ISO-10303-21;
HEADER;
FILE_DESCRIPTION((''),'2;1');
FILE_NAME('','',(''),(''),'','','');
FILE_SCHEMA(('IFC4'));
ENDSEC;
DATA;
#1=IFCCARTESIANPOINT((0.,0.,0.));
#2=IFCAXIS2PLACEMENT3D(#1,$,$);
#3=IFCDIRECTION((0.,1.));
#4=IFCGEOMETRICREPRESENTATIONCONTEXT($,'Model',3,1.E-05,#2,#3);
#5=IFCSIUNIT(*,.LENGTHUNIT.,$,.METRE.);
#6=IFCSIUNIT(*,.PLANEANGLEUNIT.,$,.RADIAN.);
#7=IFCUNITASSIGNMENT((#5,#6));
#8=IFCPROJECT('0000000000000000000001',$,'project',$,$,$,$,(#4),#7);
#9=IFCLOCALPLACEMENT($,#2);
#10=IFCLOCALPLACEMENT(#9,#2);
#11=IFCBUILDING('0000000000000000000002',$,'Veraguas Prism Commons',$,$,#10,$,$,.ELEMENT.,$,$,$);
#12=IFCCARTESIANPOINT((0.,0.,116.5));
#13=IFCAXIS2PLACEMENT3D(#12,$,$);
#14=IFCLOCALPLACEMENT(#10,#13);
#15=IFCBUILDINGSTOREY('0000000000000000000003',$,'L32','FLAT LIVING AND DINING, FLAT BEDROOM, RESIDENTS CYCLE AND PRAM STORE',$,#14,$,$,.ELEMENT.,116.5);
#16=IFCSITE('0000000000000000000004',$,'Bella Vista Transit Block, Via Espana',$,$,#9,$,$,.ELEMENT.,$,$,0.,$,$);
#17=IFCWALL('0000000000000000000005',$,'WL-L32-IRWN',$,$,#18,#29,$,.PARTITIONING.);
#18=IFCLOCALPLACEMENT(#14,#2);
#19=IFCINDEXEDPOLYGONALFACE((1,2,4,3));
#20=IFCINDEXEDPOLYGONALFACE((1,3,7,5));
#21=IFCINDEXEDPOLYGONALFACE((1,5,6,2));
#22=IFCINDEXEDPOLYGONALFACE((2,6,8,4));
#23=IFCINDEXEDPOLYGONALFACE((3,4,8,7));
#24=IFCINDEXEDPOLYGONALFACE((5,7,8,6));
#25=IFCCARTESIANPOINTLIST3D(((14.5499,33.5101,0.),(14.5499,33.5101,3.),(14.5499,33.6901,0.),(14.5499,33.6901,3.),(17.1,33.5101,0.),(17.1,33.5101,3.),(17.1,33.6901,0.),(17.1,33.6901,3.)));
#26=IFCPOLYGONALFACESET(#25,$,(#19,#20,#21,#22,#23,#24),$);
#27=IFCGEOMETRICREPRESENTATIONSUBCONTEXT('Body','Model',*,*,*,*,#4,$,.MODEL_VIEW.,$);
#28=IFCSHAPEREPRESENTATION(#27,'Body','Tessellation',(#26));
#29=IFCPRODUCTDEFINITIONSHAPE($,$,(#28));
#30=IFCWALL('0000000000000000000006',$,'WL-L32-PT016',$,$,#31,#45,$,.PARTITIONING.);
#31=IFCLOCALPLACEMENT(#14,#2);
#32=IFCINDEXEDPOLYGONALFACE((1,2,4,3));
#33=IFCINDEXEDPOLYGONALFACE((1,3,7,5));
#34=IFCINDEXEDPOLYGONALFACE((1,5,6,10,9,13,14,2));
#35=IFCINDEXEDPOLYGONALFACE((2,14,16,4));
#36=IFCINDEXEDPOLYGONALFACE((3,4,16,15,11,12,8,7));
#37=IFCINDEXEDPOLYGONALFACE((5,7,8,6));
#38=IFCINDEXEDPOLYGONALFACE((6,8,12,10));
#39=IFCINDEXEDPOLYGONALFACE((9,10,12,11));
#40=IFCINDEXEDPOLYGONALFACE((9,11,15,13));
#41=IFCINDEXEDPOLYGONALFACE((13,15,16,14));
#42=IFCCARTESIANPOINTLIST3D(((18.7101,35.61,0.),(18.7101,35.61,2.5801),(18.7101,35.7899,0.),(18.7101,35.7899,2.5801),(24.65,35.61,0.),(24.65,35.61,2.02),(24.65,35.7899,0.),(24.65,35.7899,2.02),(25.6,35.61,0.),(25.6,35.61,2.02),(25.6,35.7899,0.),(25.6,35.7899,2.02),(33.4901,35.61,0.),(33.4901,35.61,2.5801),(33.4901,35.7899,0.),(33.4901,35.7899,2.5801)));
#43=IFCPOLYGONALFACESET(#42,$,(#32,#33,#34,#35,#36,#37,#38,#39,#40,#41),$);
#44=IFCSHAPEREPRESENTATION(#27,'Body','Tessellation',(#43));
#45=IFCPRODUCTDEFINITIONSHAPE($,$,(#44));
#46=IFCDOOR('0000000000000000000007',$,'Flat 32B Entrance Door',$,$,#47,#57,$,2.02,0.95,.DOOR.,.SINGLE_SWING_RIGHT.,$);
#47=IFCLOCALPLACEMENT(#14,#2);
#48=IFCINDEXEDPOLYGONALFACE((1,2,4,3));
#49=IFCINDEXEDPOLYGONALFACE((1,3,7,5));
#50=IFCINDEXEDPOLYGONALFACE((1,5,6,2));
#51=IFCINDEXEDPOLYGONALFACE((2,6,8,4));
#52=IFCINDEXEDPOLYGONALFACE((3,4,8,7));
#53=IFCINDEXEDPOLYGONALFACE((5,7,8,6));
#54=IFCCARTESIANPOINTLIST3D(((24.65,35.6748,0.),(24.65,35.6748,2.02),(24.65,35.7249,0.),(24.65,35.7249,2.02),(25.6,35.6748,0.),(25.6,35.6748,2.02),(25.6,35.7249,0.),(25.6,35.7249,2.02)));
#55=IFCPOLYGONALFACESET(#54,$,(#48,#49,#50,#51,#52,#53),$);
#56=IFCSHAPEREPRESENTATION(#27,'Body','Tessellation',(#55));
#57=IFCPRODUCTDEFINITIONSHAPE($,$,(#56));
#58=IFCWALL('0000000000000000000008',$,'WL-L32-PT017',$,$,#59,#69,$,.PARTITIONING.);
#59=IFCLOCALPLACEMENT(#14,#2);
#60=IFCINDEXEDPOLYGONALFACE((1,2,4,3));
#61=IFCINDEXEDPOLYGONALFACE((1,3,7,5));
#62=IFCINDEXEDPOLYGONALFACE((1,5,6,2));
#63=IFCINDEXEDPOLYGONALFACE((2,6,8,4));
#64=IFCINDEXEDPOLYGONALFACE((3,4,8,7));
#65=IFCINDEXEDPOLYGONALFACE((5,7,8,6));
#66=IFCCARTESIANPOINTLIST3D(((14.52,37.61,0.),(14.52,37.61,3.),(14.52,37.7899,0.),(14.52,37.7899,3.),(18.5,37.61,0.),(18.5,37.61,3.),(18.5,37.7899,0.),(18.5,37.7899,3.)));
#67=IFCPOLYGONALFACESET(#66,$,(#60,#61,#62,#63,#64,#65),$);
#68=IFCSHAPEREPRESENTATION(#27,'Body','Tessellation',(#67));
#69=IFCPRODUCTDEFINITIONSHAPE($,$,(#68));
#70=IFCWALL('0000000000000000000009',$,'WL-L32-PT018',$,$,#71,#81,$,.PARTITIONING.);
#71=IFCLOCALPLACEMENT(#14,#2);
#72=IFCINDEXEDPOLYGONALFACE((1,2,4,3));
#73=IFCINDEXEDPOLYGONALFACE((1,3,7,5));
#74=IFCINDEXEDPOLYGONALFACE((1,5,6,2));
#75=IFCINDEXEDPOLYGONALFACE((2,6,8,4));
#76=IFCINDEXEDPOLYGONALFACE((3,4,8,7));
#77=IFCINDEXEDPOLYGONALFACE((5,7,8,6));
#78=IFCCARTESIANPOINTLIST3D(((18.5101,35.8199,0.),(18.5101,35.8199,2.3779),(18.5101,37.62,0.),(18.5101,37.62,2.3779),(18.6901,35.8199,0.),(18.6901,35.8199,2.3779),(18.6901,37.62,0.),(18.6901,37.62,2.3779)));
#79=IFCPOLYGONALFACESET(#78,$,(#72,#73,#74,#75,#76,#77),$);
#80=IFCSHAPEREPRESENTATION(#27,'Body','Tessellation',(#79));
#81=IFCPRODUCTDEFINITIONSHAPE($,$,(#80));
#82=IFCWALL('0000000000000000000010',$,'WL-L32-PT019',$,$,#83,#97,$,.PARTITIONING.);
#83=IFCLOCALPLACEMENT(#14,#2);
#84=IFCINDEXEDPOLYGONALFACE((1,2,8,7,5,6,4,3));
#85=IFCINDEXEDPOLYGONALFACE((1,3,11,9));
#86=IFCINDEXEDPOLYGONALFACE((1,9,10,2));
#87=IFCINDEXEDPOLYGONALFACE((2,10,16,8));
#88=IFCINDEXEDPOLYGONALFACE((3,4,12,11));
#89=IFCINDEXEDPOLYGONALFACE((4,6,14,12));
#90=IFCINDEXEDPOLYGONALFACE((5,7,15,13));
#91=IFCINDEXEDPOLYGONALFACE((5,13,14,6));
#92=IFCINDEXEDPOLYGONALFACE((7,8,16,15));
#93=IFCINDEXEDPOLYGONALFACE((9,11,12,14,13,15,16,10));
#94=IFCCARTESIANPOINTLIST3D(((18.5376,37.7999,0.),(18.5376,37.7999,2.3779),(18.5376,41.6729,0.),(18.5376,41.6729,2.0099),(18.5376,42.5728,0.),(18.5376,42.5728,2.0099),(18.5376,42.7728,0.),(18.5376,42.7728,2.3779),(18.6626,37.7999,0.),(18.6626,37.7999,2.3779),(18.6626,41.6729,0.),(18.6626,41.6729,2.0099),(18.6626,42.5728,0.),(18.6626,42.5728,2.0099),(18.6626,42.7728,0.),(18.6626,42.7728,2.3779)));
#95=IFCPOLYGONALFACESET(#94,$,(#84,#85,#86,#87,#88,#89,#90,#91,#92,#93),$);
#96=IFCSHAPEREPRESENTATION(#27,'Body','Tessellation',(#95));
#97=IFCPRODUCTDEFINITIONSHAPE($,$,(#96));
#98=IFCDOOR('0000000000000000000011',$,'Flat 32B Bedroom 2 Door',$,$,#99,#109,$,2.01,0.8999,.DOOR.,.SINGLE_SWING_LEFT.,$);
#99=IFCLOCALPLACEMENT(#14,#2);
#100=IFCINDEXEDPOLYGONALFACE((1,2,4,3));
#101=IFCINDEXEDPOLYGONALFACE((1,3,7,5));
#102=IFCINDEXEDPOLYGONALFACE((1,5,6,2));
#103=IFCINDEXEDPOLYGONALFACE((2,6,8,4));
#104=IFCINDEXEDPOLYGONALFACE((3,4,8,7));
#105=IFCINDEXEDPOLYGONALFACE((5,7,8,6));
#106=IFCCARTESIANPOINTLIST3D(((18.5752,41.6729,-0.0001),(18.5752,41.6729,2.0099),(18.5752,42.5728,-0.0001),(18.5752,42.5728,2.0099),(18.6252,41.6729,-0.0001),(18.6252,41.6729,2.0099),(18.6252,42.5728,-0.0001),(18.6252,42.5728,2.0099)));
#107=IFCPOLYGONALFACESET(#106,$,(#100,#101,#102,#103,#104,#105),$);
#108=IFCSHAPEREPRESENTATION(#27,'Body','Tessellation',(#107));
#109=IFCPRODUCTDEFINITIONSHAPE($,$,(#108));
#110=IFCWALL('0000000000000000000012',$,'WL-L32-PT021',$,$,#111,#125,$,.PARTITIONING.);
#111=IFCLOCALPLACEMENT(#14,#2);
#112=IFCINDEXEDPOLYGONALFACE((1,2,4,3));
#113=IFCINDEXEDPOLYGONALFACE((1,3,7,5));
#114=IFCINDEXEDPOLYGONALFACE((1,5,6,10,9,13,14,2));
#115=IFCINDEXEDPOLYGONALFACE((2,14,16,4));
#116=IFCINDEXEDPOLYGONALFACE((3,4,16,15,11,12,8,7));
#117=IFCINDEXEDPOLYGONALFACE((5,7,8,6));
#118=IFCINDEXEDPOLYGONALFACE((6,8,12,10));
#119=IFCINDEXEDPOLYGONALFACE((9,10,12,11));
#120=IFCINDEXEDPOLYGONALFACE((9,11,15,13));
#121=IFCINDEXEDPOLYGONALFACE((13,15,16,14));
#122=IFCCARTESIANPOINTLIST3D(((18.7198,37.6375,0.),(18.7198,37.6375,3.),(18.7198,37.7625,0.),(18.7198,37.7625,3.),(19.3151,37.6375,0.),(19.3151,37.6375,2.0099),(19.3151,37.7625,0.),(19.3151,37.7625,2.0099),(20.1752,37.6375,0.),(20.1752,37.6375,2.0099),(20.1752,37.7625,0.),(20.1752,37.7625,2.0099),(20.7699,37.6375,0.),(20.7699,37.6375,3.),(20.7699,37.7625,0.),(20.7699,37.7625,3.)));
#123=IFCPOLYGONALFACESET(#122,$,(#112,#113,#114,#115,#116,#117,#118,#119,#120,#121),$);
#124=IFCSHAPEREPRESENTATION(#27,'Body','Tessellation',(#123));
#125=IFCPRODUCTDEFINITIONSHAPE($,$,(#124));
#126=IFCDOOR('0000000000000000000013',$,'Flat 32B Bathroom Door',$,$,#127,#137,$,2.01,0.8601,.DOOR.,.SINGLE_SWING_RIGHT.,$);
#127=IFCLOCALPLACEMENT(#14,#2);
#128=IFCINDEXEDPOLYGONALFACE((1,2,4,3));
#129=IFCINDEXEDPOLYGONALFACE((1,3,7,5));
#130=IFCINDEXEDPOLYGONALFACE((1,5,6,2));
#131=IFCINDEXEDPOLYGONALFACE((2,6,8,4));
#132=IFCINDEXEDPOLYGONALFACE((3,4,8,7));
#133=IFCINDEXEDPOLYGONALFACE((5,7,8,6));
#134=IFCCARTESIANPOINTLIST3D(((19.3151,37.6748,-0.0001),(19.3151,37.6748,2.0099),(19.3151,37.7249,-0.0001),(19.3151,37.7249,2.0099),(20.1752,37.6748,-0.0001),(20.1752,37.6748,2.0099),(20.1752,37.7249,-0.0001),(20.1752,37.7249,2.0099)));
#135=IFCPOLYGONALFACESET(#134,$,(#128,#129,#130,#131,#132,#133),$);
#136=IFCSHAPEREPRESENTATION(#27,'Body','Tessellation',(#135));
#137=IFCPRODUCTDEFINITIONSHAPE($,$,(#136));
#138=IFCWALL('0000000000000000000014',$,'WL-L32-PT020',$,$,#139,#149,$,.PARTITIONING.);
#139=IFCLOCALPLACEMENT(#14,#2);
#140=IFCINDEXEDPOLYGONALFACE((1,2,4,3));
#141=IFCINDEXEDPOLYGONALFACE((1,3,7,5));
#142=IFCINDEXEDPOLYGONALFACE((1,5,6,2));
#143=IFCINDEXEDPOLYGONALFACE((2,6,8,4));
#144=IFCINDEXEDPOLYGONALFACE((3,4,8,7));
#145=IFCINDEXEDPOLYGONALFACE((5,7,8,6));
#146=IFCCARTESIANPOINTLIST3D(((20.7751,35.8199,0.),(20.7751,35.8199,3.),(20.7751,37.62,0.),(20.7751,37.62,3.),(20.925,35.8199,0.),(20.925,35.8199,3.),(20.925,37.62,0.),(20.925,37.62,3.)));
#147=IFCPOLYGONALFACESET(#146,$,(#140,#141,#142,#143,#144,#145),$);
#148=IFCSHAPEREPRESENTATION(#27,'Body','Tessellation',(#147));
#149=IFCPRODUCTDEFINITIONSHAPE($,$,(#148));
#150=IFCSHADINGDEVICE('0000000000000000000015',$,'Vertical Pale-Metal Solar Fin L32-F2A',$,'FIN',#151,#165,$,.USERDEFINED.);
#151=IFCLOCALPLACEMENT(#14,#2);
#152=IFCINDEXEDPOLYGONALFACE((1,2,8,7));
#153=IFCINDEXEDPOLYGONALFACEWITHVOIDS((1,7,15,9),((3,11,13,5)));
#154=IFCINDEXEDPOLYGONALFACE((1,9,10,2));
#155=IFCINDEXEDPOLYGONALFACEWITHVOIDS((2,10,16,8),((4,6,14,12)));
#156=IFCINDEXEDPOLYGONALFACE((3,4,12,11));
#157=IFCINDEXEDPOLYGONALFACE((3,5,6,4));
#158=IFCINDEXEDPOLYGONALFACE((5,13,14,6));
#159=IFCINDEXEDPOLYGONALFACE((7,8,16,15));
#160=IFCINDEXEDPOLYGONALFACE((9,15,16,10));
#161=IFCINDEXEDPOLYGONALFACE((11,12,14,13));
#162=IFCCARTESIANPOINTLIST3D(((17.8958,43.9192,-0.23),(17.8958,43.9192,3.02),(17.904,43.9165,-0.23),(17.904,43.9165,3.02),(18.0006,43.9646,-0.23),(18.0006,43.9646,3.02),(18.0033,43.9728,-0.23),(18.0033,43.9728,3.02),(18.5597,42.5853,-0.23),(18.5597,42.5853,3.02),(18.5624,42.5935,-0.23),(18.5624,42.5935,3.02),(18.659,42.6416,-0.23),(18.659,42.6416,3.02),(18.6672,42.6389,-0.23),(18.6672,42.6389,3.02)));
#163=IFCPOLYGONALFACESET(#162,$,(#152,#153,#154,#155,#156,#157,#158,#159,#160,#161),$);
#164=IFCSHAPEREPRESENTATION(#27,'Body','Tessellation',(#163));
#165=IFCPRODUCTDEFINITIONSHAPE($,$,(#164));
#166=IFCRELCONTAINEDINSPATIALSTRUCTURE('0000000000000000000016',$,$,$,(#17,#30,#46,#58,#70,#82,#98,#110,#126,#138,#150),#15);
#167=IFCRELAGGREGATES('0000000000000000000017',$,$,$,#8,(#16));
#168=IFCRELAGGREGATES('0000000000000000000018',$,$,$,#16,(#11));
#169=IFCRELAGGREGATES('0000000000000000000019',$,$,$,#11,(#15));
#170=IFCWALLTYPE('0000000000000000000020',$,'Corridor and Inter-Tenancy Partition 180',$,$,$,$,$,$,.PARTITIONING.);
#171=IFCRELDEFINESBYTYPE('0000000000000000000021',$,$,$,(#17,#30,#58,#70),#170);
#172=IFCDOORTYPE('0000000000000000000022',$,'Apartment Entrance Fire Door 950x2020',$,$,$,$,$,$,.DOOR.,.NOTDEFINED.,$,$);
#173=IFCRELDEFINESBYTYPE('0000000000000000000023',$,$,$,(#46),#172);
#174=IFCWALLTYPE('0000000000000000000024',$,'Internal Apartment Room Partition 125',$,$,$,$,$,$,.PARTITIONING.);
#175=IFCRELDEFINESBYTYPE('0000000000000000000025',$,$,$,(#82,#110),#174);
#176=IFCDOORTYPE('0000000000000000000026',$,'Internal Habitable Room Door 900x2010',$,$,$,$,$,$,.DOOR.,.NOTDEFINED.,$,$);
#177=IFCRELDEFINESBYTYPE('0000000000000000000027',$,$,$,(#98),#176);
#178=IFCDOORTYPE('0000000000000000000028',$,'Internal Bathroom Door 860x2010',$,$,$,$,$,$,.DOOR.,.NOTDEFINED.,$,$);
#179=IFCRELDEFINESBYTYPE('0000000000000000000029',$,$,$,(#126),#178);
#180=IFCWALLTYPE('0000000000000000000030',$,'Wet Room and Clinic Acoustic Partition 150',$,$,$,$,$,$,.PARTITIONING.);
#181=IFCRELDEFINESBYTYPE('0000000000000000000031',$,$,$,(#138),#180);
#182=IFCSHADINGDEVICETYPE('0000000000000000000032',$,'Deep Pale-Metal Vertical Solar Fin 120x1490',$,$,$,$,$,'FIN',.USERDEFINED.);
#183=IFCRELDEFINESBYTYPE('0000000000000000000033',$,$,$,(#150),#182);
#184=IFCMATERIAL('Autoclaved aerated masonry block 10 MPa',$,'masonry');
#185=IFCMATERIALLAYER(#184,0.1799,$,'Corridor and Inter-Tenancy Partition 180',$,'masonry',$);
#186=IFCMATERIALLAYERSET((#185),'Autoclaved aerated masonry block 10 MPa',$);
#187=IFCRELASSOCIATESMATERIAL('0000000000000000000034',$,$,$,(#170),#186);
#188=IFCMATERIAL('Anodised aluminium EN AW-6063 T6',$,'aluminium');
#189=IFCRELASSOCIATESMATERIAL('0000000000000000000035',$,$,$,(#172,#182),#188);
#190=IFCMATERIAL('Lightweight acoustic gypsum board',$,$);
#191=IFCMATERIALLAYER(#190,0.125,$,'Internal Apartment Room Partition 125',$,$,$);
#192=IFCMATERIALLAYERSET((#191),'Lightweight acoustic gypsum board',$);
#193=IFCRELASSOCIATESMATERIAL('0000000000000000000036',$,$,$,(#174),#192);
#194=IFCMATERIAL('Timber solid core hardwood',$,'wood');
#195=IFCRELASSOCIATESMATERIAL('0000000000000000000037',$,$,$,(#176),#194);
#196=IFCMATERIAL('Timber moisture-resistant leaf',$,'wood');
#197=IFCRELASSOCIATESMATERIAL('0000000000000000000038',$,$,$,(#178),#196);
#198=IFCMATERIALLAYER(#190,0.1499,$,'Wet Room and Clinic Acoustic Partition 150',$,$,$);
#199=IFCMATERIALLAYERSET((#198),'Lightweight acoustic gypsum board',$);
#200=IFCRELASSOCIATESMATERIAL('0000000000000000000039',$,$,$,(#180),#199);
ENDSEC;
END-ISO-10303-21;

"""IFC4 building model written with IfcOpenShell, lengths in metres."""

from ifc_helpers import new_model, si_unit, direction, frame, frame_2d, origin, origin_2d, place, context, subcontext, project, spatial, rectangle, hollow_rectangle, extrude, source, transform, mapped, material, layer, layer_set, material_profile, profile_set, type_object, element, fill, save


model = new_model("IFC4")

# Units and contexts
model_context = context("Model", 3, precision=1e-05, world=origin(), true_north=direction((0.0, 1.0)))
body_context = subcontext(model_context, "Body", "Model", "MODEL_VIEW")
ifc_project = project(units=[si_unit("LENGTHUNIT", "METRE"), si_unit("PLANEANGLEUNIT", "RADIAN")], contexts=[model_context])

# Site, building, storey
site_placement = place(None, origin())
site = spatial("IfcSite", under=ifc_project, at=site_placement, Name="Bella Vista Transit Block, Via Espana", CompositionType="ELEMENT", RefElevation=0.0)
building_placement = place(site_placement, origin())
building = spatial("IfcBuilding", under=site, at=building_placement, Name="Veraguas Prism Commons", CompositionType="ELEMENT")
storey_placement = place(building_placement, frame((0.0, 0.0, 116.5)))
storey = spatial("IfcBuildingStorey", under=building, at=storey_placement, Name="L32", Description="FLAT LIVING AND DINING, FLAT BEDROOM, RESIDENTS CYCLE AND PRAM STORE", CompositionType="ELEMENT", Elevation=116.5)

# Shared definitions
ifc_material_1 = material(Name="Anodised aluminium EN AW-6063 T6", Category="aluminium")

# Wall
ifc_material_2 = material(Name="Autoclaved aerated masonry block 10 MPa", Category="masonry")
ifc_layer_1 = layer(ifc_material_2, 0.1799, Name="Corridor and Inter-Tenancy Partition 180", Category="masonry")
ifc_layer_set_1 = layer_set([ifc_layer_1], Name="Autoclaved aerated masonry block 10 MPa")
wall_type_1 = type_object("IfcWallType", Name="Corridor and Inter-Tenancy Partition 180", PredefinedType="PARTITIONING", material=ifc_layer_set_1)
wall_1_placement = place(storey_placement, frame((14.55, 33.6001, 0.0), z_axis=(0.0, 0.0, 1.0), x_axis=(1.0, 0.0, 0.0)))
element("IfcWall", 1, at=wall_1_placement, inside=storey, type_object=wall_type_1, Name="WL-L32-IRWN", PredefinedType="PARTITIONING", context=body_context, shape_type="SweptSolid", body=[
    extrude(rectangle(XDim=2.55, YDim=0.1799, at=frame_2d((1.2749, 0.0))), origin(), (0.0, 0.0, 1.0), 3.0),
])

# Wall, opening, door
wall_2_placement = place(storey_placement, frame((18.71, 35.7, 0.0), z_axis=(0.0, 0.0, 1.0), x_axis=(1.0, 0.0, 0.0)))
wall_2 = element("IfcWall", 2, at=wall_2_placement, inside=storey, type_object=wall_type_1, Name="WL-L32-PT016", PredefinedType="PARTITIONING", context=body_context, shape_type="SweptSolid", body=[
    extrude(rectangle(XDim=14.78, YDim=0.1799, at=frame_2d((7.3901, 0.0))), origin(), (0.0, 0.0, 1.0), 2.5801),
])
opening_1_placement = place(wall_2_placement, frame((5.9399, 0.0, 0.0)))
opening_1 = element("IfcOpeningElement", 3, at=opening_1_placement, cuts=wall_2, PredefinedType="OPENING", context=body_context, shape_type="SweptSolid", body=[
    extrude(rectangle(XDim=0.95, YDim=2.02, at=frame_2d((0.4751, 1.01))), frame((0.0, 0.0999, 0.0), z_axis=(0.0, -1.0, 0.0), x_axis=(1.0, 0.0, 0.0)), (0.0, 0.0, 1.0), 0.2),
])
door_type_1 = type_object("IfcDoorType", Name="Apartment Entrance Fire Door 950x2020", OperationType="NOTDEFINED", PredefinedType="DOOR", material=ifc_material_1)
shared_shape_1 = source(origin(), body_context, "Body", "SweptSolid", [
    extrude(rectangle(XDim=0.95, YDim=2.02, at=frame_2d((0.4751, 1.01))), frame((0.0, 0.0249, 0.0), z_axis=(0.0, -1.0, 0.0), x_axis=(1.0, 0.0, 0.0)), (0.0, 0.0, 1.0), 0.05),
])
door_1_placement = place(opening_1_placement, origin())
door_1 = element("IfcDoor", 4, at=door_1_placement, inside=storey, type_object=door_type_1, Name="Flat 32B Entrance Door", OperationType="SINGLE_SWING_RIGHT", OverallHeight=2.02, OverallWidth=0.95, PredefinedType="DOOR", context=body_context, shape_type="MappedRepresentation", body=[
    mapped(shared_shape_1, transform((0.0, 0.0, 0.0), scale=1.0)),
])
fill(opening_1, door_1)

# Walls
wall_3_placement = place(storey_placement, frame((14.52, 37.7, 0.0), z_axis=(0.0, 0.0, 1.0), x_axis=(1.0, 0.0, 0.0)))
element("IfcWall", 5, at=wall_3_placement, inside=storey, type_object=wall_type_1, Name="WL-L32-PT017", PredefinedType="PARTITIONING", context=body_context, shape_type="SweptSolid", body=[
    extrude(rectangle(XDim=3.98, YDim=0.1799, at=frame_2d((1.99, 0.0))), origin(), (0.0, 0.0, 1.0), 3.0),
])
wall_4_placement = place(storey_placement, frame((18.6001, 35.8201, 0.0), z_axis=(0.0, 0.0, 1.0), x_axis=(0.0, 1.0, 0.0)))
element("IfcWall", 6, at=wall_4_placement, inside=storey, type_object=wall_type_1, Name="WL-L32-PT018", PredefinedType="PARTITIONING", context=body_context, shape_type="SweptSolid", body=[
    extrude(rectangle(XDim=1.8, YDim=0.1799, at=frame_2d((0.8999, 0.0))), origin(), (0.0, 0.0, 1.0), 2.3779),
])

# Walls, openings, doors
ifc_material_3 = material(Name="Lightweight acoustic gypsum board")
ifc_layer_2 = layer(ifc_material_3, 0.125, Name="Internal Apartment Room Partition 125")
ifc_layer_set_2 = layer_set([ifc_layer_2], Name="Lightweight acoustic gypsum board")
wall_type_2 = type_object("IfcWallType", Name="Internal Apartment Room Partition 125", PredefinedType="PARTITIONING", material=ifc_layer_set_2)
wall_5_placement = place(storey_placement, frame((18.6001, 37.8, 0.0), z_axis=(0.0, 0.0, 1.0), x_axis=(0.0, 1.0, 0.0)))
wall_5 = element("IfcWall", 7, at=wall_5_placement, inside=storey, type_object=wall_type_2, Name="WL-L32-PT019", PredefinedType="PARTITIONING", context=body_context, shape_type="SweptSolid", body=[
    extrude(rectangle(XDim=4.9729, YDim=0.125, at=frame_2d((2.4863, 0.0))), origin(), (0.0, 0.0, 1.0), 2.3779),
])
opening_2_placement = place(wall_5_placement, frame((3.8728, 0.0, 0.0)))
opening_2 = element("IfcOpeningElement", 8, at=opening_2_placement, cuts=wall_5, PredefinedType="OPENING", context=body_context, shape_type="SweptSolid", body=[
    extrude(rectangle(XDim=0.8999, YDim=2.01, at=frame_2d((0.45, 1.0049))), frame((0.0, 0.0725, 0.0), z_axis=(0.0, -1.0, 0.0), x_axis=(1.0, 0.0, 0.0)), (0.0, 0.0, 1.0), 0.145),
])
ifc_material_4 = material(Name="Timber solid core hardwood", Category="wood")
door_type_2 = type_object("IfcDoorType", Name="Internal Habitable Room Door 900x2010", OperationType="NOTDEFINED", PredefinedType="DOOR", material=ifc_material_4)
shared_shape_2 = source(origin(), body_context, "Body", "SweptSolid", [
    extrude(rectangle(XDim=0.8999, YDim=2.01, at=frame_2d((0.45, 1.0049))), frame((0.0, 0.0249, 0.0), z_axis=(0.0, -1.0, 0.0), x_axis=(1.0, 0.0, 0.0)), (0.0, 0.0, 1.0), 0.05),
])
door_2_placement = place(opening_2_placement, origin())
door_2 = element("IfcDoor", 9, at=door_2_placement, inside=storey, type_object=door_type_2, Name="Flat 32B Bedroom 2 Door", OperationType="SINGLE_SWING_LEFT", OverallHeight=2.01, OverallWidth=0.8999, PredefinedType="DOOR", context=body_context, shape_type="MappedRepresentation", body=[
    mapped(shared_shape_2, transform((0.0, 0.0, 0.0), scale=1.0)),
])
fill(opening_2, door_2)
wall_6_placement = place(storey_placement, frame((18.72, 37.7, 0.0), z_axis=(0.0, 0.0, 1.0), x_axis=(1.0, 0.0, 0.0)))
wall_6 = element("IfcWall", 10, at=wall_6_placement, inside=storey, type_object=wall_type_2, Name="WL-L32-PT021", PredefinedType="PARTITIONING", context=body_context, shape_type="SweptSolid", body=[
    extrude(rectangle(XDim=2.05, YDim=0.125, at=frame_2d((1.0249, 0.0))), origin(), (0.0, 0.0, 1.0), 3.0),
])
opening_3_placement = place(wall_6_placement, frame((0.595, 0.0, 0.0)))
opening_3 = element("IfcOpeningElement", 11, at=opening_3_placement, cuts=wall_6, PredefinedType="OPENING", context=body_context, shape_type="SweptSolid", body=[
    extrude(rectangle(XDim=0.8601, YDim=2.01, at=frame_2d((0.4302, 1.0049))), frame((0.0, 0.0725, 0.0), z_axis=(0.0, -1.0, 0.0), x_axis=(1.0, 0.0, 0.0)), (0.0, 0.0, 1.0), 0.145),
])
ifc_material_5 = material(Name="Timber moisture-resistant leaf", Category="wood")
door_type_3 = type_object("IfcDoorType", Name="Internal Bathroom Door 860x2010", OperationType="NOTDEFINED", PredefinedType="DOOR", material=ifc_material_5)
shared_shape_3 = source(origin(), body_context, "Body", "SweptSolid", [
    extrude(rectangle(XDim=0.8601, YDim=2.01, at=frame_2d((0.4302, 1.0049))), frame((0.0, 0.0249, 0.0), z_axis=(0.0, -1.0, 0.0), x_axis=(1.0, 0.0, 0.0)), (0.0, 0.0, 1.0), 0.05),
])
door_3_placement = place(opening_3_placement, origin())
door_3 = element("IfcDoor", 12, at=door_3_placement, inside=storey, type_object=door_type_3, Name="Flat 32B Bathroom Door", OperationType="SINGLE_SWING_RIGHT", OverallHeight=2.01, OverallWidth=0.8601, PredefinedType="DOOR", context=body_context, shape_type="MappedRepresentation", body=[
    mapped(shared_shape_3, transform((0.0, 0.0, 0.0), scale=1.0)),
])
fill(opening_3, door_3)

# Wall
ifc_layer_3 = layer(ifc_material_3, 0.1499, Name="Wet Room and Clinic Acoustic Partition 150")
ifc_layer_set_3 = layer_set([ifc_layer_3], Name="Lightweight acoustic gypsum board")
wall_type_3 = type_object("IfcWallType", Name="Wet Room and Clinic Acoustic Partition 150", PredefinedType="PARTITIONING", material=ifc_layer_set_3)
wall_7_placement = place(storey_placement, frame((20.8501, 35.8201, 0.0), z_axis=(0.0, 0.0, 1.0), x_axis=(0.0, 1.0, 0.0)))
element("IfcWall", 13, at=wall_7_placement, inside=storey, type_object=wall_type_3, Name="WL-L32-PT020", PredefinedType="PARTITIONING", context=body_context, shape_type="SweptSolid", body=[
    extrude(rectangle(XDim=1.8, YDim=0.1499, at=frame_2d((0.8999, 0.0))), origin(), (0.0, 0.0, 1.0), 3.0),
])

# Shading device
ifc_material_profile_1 = material_profile(ifc_material_1, hollow_rectangle(XDim=0.1201, YDim=1.49, WallThickness=0.0061, at=origin_2d()), Name="FIN120X1490X6")
ifc_profile_set_1 = profile_set([ifc_material_profile_1], Name="Anodised aluminium EN AW-6063 T6")
shading_device_type = type_object("IfcShadingDeviceType", Name="Deep Pale-Metal Vertical Solar Fin 120x1490", ElementType="FIN", PredefinedType="USERDEFINED", material=ifc_profile_set_1)
shading_device_placement = place(storey_placement, frame((18.2815, 43.2791, -0.23), z_axis=(0.0, 0.0, 1.0), x_axis=(-0.895246, -0.445571, 0.0)))
element("IfcShadingDevice", 14, at=shading_device_placement, inside=storey, type_object=shading_device_type, Name="Vertical Pale-Metal Solar Fin L32-F2A", ObjectType="FIN", PredefinedType="USERDEFINED", context=body_context, shape_type="SweptSolid", body=[
    extrude(hollow_rectangle(XDim=0.1201, YDim=1.49, WallThickness=0.0061, at=origin_2d()), origin(), (0.0, 0.0, 1.0), 3.25),
])

save(model, "model.ifc")
